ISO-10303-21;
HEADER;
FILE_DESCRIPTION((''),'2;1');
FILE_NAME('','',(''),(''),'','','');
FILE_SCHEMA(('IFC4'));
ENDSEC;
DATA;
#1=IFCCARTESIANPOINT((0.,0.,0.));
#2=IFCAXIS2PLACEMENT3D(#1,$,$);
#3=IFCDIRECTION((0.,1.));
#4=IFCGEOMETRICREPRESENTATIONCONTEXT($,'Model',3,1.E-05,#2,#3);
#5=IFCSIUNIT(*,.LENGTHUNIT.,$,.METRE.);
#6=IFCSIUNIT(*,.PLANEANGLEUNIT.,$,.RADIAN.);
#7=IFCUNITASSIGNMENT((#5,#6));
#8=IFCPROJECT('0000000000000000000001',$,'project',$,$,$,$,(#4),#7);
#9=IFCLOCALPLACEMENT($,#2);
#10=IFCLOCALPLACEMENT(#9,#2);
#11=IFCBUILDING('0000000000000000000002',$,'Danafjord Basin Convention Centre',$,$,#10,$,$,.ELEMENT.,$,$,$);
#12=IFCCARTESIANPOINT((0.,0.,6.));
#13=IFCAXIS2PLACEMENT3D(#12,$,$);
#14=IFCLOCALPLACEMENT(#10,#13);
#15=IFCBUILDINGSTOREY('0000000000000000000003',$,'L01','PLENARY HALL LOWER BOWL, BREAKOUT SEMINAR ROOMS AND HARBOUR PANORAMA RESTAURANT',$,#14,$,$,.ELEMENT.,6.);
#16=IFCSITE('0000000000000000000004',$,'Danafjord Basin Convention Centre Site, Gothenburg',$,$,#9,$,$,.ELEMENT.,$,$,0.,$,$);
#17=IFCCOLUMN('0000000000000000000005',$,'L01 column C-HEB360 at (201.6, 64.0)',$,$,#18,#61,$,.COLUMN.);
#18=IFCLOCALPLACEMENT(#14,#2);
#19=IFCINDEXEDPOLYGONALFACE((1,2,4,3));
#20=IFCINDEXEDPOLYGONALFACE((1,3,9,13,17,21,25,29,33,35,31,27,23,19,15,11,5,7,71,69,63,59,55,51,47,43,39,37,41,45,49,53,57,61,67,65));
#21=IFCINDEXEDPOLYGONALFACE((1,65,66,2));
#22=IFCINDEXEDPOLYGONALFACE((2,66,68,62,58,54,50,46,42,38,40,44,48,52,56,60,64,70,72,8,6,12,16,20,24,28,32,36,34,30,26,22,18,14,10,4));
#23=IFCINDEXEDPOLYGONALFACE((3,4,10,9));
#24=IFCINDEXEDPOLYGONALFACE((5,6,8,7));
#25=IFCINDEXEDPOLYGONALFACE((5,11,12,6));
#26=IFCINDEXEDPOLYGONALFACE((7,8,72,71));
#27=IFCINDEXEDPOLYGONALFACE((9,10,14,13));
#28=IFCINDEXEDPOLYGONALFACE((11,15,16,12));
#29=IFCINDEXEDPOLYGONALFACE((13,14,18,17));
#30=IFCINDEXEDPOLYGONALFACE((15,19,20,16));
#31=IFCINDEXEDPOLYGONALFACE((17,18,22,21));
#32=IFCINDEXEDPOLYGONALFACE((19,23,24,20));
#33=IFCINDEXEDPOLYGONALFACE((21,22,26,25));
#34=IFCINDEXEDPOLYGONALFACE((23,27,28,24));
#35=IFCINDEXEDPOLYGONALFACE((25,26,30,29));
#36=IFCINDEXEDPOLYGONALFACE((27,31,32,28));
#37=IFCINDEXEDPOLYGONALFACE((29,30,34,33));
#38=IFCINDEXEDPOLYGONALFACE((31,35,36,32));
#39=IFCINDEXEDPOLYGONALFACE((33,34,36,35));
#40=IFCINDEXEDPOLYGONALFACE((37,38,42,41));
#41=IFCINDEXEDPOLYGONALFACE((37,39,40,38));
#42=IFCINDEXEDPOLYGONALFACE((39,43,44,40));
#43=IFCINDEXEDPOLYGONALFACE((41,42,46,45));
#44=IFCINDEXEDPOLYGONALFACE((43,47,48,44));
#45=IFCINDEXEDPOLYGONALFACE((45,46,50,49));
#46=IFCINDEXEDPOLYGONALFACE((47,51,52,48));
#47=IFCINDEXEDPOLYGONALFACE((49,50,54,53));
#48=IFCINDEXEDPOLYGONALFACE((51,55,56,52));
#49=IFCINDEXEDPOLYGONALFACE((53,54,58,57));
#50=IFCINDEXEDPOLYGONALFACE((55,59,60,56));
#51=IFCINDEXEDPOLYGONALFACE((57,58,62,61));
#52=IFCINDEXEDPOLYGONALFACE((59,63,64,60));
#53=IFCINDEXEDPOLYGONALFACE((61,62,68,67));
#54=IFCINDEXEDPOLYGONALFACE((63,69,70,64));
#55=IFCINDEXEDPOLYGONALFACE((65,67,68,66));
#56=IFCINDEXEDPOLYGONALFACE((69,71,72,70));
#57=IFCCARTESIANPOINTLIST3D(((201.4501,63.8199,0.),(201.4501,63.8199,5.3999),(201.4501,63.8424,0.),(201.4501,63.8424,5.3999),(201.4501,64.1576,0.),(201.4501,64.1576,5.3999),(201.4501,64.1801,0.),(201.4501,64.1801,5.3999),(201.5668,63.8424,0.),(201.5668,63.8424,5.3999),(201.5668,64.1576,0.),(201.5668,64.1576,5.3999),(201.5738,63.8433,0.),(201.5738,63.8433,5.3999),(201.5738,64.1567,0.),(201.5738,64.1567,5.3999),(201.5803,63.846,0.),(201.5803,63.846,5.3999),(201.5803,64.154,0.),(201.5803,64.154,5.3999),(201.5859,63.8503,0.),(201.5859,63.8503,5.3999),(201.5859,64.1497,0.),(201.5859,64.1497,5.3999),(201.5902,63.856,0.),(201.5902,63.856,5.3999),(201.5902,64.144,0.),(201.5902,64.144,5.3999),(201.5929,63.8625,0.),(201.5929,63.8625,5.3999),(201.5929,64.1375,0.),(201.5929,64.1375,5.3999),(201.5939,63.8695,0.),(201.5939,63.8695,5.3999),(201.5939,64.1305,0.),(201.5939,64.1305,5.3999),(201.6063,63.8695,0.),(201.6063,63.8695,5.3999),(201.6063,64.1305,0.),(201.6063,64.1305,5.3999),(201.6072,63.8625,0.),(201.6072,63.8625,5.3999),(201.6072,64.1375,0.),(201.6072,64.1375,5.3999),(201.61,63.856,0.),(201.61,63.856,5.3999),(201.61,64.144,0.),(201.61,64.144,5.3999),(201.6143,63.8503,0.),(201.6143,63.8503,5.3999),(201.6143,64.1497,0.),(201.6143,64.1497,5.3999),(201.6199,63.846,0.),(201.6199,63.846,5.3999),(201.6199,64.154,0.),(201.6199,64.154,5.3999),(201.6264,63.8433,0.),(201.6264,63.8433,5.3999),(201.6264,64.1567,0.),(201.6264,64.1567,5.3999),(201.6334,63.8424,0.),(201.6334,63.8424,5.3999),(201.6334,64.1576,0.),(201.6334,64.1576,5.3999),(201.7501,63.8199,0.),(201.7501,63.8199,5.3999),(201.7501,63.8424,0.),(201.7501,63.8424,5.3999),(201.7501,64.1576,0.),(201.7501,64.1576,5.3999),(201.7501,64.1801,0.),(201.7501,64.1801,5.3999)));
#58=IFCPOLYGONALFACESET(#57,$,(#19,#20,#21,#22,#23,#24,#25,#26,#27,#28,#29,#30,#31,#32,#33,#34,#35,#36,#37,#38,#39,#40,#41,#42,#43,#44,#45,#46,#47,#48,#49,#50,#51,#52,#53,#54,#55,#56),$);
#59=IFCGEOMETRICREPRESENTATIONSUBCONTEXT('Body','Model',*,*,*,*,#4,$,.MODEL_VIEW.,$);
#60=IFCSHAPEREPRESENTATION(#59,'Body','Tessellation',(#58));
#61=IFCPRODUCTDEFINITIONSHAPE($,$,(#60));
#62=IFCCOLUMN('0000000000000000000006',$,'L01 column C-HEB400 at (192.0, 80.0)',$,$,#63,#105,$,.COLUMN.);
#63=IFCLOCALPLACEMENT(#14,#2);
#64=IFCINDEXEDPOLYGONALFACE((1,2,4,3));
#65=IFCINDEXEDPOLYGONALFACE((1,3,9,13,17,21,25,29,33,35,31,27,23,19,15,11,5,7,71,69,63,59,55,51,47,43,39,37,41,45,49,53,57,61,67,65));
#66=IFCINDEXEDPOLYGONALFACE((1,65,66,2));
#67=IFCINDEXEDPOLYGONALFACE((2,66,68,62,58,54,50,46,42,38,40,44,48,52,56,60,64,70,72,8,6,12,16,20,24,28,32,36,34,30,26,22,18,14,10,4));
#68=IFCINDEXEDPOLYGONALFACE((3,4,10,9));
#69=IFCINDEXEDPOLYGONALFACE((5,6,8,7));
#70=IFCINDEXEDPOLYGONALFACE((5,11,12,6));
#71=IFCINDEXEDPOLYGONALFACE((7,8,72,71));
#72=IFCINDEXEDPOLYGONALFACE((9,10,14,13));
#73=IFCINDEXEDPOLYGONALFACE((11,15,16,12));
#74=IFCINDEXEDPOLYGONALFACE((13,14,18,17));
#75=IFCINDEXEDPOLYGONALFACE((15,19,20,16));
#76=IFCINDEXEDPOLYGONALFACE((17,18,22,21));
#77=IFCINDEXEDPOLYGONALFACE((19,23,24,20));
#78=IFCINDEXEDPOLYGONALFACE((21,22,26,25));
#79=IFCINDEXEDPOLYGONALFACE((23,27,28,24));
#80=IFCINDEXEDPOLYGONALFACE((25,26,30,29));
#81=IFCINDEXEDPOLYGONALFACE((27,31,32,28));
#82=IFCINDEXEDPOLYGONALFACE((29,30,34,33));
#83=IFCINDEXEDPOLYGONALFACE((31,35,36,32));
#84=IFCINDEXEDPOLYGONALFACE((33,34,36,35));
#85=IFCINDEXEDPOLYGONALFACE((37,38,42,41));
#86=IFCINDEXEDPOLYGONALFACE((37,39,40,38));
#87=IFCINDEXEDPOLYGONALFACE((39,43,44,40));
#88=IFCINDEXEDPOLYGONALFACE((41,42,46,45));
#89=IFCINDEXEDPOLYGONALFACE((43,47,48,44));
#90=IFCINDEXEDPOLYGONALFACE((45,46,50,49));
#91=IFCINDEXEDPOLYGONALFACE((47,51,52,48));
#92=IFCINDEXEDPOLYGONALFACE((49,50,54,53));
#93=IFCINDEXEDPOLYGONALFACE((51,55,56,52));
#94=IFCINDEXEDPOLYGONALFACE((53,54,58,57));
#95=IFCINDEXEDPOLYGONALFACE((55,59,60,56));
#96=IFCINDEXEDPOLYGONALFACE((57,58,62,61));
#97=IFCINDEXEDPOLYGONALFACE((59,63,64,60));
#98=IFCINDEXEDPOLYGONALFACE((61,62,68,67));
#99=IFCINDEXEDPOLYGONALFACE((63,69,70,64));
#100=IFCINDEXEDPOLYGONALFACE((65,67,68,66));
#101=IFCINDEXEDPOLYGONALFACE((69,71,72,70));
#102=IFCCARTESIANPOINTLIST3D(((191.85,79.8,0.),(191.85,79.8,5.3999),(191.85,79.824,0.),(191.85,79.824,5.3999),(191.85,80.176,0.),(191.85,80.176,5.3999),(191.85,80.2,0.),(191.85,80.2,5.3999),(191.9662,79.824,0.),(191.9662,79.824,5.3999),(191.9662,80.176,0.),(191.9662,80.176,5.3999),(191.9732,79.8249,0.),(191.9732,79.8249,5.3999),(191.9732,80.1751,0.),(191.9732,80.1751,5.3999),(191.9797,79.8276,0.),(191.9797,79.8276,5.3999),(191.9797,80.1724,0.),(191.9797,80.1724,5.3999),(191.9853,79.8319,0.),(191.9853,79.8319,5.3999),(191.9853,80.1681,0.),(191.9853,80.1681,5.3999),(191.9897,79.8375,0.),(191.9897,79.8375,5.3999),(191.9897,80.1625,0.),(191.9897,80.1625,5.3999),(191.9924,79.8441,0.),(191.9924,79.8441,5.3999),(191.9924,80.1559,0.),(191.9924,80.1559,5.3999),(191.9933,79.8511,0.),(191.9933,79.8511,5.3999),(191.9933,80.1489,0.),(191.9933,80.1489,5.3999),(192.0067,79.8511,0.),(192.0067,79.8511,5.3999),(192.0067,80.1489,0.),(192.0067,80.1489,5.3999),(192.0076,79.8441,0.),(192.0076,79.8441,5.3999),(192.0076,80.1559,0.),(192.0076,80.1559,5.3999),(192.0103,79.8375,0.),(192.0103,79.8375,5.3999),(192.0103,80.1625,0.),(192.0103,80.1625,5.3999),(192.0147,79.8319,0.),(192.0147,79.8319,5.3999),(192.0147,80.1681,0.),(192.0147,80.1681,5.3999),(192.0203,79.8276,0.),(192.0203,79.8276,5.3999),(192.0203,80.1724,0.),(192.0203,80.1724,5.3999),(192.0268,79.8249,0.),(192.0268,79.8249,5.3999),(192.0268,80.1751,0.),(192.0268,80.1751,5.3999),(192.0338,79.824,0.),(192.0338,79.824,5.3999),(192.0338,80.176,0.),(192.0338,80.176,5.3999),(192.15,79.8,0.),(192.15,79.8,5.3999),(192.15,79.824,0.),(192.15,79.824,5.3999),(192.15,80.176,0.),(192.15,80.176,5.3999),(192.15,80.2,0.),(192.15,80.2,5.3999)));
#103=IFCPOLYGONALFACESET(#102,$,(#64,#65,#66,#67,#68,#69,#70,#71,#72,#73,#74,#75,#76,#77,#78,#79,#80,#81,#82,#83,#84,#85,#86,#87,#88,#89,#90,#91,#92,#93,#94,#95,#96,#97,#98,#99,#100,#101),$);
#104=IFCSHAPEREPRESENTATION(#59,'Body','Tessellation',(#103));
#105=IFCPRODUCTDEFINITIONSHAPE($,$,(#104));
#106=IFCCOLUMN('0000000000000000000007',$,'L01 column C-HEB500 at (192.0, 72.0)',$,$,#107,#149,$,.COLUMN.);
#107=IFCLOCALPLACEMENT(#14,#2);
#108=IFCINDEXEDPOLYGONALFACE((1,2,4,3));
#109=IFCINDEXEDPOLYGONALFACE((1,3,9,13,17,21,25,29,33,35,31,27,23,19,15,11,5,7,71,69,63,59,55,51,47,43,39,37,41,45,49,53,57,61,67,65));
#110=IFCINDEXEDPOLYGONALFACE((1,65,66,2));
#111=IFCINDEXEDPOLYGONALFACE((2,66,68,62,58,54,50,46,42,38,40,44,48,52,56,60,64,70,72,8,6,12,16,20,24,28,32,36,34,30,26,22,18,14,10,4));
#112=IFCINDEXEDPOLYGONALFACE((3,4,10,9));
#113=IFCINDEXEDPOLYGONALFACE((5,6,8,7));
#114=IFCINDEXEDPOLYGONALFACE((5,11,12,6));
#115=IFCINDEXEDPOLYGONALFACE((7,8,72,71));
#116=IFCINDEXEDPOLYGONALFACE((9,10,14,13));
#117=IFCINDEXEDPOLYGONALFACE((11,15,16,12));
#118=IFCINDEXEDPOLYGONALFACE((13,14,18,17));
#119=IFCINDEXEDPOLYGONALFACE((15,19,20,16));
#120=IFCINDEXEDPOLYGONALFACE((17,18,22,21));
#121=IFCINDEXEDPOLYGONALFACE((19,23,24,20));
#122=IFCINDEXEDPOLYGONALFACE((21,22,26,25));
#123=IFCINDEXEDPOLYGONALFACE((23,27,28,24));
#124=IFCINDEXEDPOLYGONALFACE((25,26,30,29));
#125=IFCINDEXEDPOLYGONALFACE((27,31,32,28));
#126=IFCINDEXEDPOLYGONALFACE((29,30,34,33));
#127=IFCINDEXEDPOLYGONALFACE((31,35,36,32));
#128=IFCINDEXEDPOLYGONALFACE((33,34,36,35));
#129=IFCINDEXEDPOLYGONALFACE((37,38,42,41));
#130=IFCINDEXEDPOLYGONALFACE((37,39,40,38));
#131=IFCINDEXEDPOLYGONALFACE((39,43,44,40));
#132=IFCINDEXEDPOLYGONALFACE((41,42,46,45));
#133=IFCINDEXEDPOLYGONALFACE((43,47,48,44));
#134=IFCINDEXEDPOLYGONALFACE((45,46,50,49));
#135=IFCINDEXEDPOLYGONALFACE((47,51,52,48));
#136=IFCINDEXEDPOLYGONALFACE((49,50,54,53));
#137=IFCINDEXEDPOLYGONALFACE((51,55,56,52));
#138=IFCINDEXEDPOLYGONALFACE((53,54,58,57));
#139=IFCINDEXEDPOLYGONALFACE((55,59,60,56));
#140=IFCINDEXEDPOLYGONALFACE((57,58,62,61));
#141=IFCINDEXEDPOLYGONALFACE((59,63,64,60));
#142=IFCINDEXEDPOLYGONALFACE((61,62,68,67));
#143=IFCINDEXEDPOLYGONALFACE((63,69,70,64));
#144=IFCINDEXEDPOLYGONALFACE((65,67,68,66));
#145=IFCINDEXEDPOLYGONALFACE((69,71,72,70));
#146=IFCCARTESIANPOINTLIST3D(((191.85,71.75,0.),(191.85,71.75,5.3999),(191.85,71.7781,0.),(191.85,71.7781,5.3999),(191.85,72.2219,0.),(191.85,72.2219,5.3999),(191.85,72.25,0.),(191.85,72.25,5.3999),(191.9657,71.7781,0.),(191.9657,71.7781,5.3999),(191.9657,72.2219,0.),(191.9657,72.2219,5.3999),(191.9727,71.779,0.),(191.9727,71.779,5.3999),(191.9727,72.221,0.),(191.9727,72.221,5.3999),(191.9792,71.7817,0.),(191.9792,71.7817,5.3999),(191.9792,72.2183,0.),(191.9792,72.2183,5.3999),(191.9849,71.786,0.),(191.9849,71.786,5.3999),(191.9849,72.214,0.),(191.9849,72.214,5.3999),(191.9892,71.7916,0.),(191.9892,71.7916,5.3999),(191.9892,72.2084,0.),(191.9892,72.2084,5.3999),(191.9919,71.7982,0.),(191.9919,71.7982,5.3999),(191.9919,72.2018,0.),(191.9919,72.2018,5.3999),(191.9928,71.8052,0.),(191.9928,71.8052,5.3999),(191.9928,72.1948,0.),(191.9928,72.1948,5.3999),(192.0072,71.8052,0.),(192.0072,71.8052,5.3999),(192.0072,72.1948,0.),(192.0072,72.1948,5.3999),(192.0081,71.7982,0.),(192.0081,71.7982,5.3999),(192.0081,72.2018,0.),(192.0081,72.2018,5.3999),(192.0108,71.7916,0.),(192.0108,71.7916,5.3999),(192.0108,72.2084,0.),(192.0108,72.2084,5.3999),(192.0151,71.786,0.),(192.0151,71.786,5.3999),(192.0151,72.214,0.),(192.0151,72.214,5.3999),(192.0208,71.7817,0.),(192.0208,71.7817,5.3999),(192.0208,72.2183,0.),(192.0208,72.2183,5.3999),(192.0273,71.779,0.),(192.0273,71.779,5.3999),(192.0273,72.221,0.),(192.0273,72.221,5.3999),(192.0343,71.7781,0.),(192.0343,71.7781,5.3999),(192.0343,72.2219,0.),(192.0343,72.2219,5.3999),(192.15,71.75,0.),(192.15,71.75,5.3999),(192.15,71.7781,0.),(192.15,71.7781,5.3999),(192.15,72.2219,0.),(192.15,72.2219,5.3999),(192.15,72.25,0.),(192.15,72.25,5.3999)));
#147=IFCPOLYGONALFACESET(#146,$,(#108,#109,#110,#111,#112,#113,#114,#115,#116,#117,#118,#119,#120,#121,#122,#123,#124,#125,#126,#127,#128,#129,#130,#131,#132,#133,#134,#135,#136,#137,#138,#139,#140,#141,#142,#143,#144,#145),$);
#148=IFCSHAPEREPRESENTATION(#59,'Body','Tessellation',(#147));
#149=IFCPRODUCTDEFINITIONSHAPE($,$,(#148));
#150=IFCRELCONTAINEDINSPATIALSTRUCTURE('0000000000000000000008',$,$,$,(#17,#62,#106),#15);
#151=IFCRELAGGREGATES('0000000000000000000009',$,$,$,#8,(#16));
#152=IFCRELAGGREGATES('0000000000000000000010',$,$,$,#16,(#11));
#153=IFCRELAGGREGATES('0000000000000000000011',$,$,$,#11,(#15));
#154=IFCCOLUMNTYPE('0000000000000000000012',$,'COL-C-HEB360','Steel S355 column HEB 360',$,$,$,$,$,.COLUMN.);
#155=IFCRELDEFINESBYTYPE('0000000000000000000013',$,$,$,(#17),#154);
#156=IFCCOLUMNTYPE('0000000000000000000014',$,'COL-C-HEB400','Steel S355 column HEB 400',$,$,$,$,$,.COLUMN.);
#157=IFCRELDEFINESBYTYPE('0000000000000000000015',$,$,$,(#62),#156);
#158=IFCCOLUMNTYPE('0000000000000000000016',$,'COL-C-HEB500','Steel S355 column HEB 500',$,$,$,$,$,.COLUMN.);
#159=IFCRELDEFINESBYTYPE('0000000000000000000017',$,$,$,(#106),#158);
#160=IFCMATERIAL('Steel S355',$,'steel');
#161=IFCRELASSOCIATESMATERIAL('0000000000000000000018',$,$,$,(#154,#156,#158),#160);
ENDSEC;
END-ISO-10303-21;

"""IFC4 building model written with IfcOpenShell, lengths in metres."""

from ifc_helpers import new_model, si_unit, direction, frame, origin, origin_2d, place, context, subcontext, project, spatial, i_section, extrude, material, material_profile, profile_set, type_object, element, save


model = new_model("IFC4")

# Units and contexts
model_context = context("Model", 3, precision=1e-05, world=origin(), true_north=direction((0.0, 1.0)))
body_context = subcontext(model_context, "Body", "Model", "MODEL_VIEW")
ifc_project = project(units=[si_unit("LENGTHUNIT", "METRE"), si_unit("PLANEANGLEUNIT", "RADIAN")], contexts=[model_context])

# Site, building, storey
site_placement = place(None, origin())
site = spatial("IfcSite", under=ifc_project, at=site_placement, Name="Danafjord Basin Convention Centre Site, Gothenburg", CompositionType="ELEMENT", RefElevation=0.0)
building_placement = place(site_placement, origin())
building = spatial("IfcBuilding", under=site, at=building_placement, Name="Danafjord Basin Convention Centre", CompositionType="ELEMENT")
storey_placement = place(building_placement, frame((0.0, 0.0, 6.0)))
storey = spatial("IfcBuildingStorey", under=building, at=storey_placement, Name="L01", Description="PLENARY HALL LOWER BOWL, BREAKOUT SEMINAR ROOMS AND HARBOUR PANORAMA RESTAURANT", CompositionType="ELEMENT", Elevation=6.0)

# Columns
ifc_material_1 = material(Name="Steel S355", Category="steel")
ifc_material_profile_1 = material_profile(ifc_material_1, i_section(OverallWidth=0.3, OverallDepth=0.3601, WebThickness=0.0125, FlangeThickness=0.0225, FilletRadius=0.0271, at=origin_2d()), Name="HEB 360")
ifc_profile_set_1 = profile_set([ifc_material_profile_1], Name="Steel S355")
column_type_1 = type_object("IfcColumnType", Name="COL-C-HEB360", Description="Steel S355 column HEB 360", PredefinedType="COLUMN", material=ifc_profile_set_1)
for number, where, z_axis, x_axis, name in (
    (1, (201.6001, 64.0, 0.0), (0.0, 0.0, 1.0), (1.0, 0.0, 0.0), "L01 column C-HEB360 at (201.6, 64.0)"),
):
    element("IfcColumn", number, at=place(storey_placement, frame(where, z_axis=z_axis, x_axis=x_axis)), inside=storey, type_object=column_type_1, Name=name, PredefinedType="COLUMN", context=body_context, shape_type="SweptSolid", body=[
        extrude(i_section(OverallWidth=0.3, OverallDepth=0.3601, WebThickness=0.0125, FlangeThickness=0.0225, FilletRadius=0.0271, at=origin_2d()), origin(), (0.0, 0.0, 1.0), 5.3999),
    ])
ifc_material_profile_2 = material_profile(ifc_material_1, i_section(OverallWidth=0.3, OverallDepth=0.3999, WebThickness=0.0134, FlangeThickness=0.0239, FilletRadius=0.0271, at=origin_2d()), Name="HEB 400")
ifc_profile_set_2 = profile_set([ifc_material_profile_2], Name="Steel S355")
column_type_2 = type_object("IfcColumnType", Name="COL-C-HEB400", Description="Steel S355 column HEB 400", PredefinedType="COLUMN", material=ifc_profile_set_2)
column_1_placement = place(storey_placement, frame((192.0, 80.0, 0.0), z_axis=(0.0, 0.0, 1.0), x_axis=(1.0, 0.0, 0.0)))
element("IfcColumn", 2, at=column_1_placement, inside=storey, type_object=column_type_2, Name="L01 column C-HEB400 at (192.0, 80.0)", PredefinedType="COLUMN", context=body_context, shape_type="SweptSolid", body=[
    extrude(i_section(OverallWidth=0.3, OverallDepth=0.3999, WebThickness=0.0134, FlangeThickness=0.0239, FilletRadius=0.0271, at=origin_2d()), origin(), (0.0, 0.0, 1.0), 5.3999),
])
ifc_material_profile_3 = material_profile(ifc_material_1, i_section(OverallWidth=0.3, OverallDepth=0.5, WebThickness=0.0144, FlangeThickness=0.0281, FilletRadius=0.0271, at=origin_2d()), Name="HEB 500")
ifc_profile_set_3 = profile_set([ifc_material_profile_3], Name="Steel S355")
column_type_3 = type_object("IfcColumnType", Name="COL-C-HEB500", Description="Steel S355 column HEB 500", PredefinedType="COLUMN", material=ifc_profile_set_3)
column_2_placement = place(storey_placement, frame((192.0, 72.0, 0.0), z_axis=(0.0, 0.0, 1.0), x_axis=(1.0, 0.0, 0.0)))
element("IfcColumn", 3, at=column_2_placement, inside=storey, type_object=column_type_3, Name="L01 column C-HEB500 at (192.0, 72.0)", PredefinedType="COLUMN", context=body_context, shape_type="SweptSolid", body=[
    extrude(i_section(OverallWidth=0.3, OverallDepth=0.5, WebThickness=0.0144, FlangeThickness=0.0281, FilletRadius=0.0271, at=origin_2d()), origin(), (0.0, 0.0, 1.0), 5.3999),
])

save(model, "model.ifc")
